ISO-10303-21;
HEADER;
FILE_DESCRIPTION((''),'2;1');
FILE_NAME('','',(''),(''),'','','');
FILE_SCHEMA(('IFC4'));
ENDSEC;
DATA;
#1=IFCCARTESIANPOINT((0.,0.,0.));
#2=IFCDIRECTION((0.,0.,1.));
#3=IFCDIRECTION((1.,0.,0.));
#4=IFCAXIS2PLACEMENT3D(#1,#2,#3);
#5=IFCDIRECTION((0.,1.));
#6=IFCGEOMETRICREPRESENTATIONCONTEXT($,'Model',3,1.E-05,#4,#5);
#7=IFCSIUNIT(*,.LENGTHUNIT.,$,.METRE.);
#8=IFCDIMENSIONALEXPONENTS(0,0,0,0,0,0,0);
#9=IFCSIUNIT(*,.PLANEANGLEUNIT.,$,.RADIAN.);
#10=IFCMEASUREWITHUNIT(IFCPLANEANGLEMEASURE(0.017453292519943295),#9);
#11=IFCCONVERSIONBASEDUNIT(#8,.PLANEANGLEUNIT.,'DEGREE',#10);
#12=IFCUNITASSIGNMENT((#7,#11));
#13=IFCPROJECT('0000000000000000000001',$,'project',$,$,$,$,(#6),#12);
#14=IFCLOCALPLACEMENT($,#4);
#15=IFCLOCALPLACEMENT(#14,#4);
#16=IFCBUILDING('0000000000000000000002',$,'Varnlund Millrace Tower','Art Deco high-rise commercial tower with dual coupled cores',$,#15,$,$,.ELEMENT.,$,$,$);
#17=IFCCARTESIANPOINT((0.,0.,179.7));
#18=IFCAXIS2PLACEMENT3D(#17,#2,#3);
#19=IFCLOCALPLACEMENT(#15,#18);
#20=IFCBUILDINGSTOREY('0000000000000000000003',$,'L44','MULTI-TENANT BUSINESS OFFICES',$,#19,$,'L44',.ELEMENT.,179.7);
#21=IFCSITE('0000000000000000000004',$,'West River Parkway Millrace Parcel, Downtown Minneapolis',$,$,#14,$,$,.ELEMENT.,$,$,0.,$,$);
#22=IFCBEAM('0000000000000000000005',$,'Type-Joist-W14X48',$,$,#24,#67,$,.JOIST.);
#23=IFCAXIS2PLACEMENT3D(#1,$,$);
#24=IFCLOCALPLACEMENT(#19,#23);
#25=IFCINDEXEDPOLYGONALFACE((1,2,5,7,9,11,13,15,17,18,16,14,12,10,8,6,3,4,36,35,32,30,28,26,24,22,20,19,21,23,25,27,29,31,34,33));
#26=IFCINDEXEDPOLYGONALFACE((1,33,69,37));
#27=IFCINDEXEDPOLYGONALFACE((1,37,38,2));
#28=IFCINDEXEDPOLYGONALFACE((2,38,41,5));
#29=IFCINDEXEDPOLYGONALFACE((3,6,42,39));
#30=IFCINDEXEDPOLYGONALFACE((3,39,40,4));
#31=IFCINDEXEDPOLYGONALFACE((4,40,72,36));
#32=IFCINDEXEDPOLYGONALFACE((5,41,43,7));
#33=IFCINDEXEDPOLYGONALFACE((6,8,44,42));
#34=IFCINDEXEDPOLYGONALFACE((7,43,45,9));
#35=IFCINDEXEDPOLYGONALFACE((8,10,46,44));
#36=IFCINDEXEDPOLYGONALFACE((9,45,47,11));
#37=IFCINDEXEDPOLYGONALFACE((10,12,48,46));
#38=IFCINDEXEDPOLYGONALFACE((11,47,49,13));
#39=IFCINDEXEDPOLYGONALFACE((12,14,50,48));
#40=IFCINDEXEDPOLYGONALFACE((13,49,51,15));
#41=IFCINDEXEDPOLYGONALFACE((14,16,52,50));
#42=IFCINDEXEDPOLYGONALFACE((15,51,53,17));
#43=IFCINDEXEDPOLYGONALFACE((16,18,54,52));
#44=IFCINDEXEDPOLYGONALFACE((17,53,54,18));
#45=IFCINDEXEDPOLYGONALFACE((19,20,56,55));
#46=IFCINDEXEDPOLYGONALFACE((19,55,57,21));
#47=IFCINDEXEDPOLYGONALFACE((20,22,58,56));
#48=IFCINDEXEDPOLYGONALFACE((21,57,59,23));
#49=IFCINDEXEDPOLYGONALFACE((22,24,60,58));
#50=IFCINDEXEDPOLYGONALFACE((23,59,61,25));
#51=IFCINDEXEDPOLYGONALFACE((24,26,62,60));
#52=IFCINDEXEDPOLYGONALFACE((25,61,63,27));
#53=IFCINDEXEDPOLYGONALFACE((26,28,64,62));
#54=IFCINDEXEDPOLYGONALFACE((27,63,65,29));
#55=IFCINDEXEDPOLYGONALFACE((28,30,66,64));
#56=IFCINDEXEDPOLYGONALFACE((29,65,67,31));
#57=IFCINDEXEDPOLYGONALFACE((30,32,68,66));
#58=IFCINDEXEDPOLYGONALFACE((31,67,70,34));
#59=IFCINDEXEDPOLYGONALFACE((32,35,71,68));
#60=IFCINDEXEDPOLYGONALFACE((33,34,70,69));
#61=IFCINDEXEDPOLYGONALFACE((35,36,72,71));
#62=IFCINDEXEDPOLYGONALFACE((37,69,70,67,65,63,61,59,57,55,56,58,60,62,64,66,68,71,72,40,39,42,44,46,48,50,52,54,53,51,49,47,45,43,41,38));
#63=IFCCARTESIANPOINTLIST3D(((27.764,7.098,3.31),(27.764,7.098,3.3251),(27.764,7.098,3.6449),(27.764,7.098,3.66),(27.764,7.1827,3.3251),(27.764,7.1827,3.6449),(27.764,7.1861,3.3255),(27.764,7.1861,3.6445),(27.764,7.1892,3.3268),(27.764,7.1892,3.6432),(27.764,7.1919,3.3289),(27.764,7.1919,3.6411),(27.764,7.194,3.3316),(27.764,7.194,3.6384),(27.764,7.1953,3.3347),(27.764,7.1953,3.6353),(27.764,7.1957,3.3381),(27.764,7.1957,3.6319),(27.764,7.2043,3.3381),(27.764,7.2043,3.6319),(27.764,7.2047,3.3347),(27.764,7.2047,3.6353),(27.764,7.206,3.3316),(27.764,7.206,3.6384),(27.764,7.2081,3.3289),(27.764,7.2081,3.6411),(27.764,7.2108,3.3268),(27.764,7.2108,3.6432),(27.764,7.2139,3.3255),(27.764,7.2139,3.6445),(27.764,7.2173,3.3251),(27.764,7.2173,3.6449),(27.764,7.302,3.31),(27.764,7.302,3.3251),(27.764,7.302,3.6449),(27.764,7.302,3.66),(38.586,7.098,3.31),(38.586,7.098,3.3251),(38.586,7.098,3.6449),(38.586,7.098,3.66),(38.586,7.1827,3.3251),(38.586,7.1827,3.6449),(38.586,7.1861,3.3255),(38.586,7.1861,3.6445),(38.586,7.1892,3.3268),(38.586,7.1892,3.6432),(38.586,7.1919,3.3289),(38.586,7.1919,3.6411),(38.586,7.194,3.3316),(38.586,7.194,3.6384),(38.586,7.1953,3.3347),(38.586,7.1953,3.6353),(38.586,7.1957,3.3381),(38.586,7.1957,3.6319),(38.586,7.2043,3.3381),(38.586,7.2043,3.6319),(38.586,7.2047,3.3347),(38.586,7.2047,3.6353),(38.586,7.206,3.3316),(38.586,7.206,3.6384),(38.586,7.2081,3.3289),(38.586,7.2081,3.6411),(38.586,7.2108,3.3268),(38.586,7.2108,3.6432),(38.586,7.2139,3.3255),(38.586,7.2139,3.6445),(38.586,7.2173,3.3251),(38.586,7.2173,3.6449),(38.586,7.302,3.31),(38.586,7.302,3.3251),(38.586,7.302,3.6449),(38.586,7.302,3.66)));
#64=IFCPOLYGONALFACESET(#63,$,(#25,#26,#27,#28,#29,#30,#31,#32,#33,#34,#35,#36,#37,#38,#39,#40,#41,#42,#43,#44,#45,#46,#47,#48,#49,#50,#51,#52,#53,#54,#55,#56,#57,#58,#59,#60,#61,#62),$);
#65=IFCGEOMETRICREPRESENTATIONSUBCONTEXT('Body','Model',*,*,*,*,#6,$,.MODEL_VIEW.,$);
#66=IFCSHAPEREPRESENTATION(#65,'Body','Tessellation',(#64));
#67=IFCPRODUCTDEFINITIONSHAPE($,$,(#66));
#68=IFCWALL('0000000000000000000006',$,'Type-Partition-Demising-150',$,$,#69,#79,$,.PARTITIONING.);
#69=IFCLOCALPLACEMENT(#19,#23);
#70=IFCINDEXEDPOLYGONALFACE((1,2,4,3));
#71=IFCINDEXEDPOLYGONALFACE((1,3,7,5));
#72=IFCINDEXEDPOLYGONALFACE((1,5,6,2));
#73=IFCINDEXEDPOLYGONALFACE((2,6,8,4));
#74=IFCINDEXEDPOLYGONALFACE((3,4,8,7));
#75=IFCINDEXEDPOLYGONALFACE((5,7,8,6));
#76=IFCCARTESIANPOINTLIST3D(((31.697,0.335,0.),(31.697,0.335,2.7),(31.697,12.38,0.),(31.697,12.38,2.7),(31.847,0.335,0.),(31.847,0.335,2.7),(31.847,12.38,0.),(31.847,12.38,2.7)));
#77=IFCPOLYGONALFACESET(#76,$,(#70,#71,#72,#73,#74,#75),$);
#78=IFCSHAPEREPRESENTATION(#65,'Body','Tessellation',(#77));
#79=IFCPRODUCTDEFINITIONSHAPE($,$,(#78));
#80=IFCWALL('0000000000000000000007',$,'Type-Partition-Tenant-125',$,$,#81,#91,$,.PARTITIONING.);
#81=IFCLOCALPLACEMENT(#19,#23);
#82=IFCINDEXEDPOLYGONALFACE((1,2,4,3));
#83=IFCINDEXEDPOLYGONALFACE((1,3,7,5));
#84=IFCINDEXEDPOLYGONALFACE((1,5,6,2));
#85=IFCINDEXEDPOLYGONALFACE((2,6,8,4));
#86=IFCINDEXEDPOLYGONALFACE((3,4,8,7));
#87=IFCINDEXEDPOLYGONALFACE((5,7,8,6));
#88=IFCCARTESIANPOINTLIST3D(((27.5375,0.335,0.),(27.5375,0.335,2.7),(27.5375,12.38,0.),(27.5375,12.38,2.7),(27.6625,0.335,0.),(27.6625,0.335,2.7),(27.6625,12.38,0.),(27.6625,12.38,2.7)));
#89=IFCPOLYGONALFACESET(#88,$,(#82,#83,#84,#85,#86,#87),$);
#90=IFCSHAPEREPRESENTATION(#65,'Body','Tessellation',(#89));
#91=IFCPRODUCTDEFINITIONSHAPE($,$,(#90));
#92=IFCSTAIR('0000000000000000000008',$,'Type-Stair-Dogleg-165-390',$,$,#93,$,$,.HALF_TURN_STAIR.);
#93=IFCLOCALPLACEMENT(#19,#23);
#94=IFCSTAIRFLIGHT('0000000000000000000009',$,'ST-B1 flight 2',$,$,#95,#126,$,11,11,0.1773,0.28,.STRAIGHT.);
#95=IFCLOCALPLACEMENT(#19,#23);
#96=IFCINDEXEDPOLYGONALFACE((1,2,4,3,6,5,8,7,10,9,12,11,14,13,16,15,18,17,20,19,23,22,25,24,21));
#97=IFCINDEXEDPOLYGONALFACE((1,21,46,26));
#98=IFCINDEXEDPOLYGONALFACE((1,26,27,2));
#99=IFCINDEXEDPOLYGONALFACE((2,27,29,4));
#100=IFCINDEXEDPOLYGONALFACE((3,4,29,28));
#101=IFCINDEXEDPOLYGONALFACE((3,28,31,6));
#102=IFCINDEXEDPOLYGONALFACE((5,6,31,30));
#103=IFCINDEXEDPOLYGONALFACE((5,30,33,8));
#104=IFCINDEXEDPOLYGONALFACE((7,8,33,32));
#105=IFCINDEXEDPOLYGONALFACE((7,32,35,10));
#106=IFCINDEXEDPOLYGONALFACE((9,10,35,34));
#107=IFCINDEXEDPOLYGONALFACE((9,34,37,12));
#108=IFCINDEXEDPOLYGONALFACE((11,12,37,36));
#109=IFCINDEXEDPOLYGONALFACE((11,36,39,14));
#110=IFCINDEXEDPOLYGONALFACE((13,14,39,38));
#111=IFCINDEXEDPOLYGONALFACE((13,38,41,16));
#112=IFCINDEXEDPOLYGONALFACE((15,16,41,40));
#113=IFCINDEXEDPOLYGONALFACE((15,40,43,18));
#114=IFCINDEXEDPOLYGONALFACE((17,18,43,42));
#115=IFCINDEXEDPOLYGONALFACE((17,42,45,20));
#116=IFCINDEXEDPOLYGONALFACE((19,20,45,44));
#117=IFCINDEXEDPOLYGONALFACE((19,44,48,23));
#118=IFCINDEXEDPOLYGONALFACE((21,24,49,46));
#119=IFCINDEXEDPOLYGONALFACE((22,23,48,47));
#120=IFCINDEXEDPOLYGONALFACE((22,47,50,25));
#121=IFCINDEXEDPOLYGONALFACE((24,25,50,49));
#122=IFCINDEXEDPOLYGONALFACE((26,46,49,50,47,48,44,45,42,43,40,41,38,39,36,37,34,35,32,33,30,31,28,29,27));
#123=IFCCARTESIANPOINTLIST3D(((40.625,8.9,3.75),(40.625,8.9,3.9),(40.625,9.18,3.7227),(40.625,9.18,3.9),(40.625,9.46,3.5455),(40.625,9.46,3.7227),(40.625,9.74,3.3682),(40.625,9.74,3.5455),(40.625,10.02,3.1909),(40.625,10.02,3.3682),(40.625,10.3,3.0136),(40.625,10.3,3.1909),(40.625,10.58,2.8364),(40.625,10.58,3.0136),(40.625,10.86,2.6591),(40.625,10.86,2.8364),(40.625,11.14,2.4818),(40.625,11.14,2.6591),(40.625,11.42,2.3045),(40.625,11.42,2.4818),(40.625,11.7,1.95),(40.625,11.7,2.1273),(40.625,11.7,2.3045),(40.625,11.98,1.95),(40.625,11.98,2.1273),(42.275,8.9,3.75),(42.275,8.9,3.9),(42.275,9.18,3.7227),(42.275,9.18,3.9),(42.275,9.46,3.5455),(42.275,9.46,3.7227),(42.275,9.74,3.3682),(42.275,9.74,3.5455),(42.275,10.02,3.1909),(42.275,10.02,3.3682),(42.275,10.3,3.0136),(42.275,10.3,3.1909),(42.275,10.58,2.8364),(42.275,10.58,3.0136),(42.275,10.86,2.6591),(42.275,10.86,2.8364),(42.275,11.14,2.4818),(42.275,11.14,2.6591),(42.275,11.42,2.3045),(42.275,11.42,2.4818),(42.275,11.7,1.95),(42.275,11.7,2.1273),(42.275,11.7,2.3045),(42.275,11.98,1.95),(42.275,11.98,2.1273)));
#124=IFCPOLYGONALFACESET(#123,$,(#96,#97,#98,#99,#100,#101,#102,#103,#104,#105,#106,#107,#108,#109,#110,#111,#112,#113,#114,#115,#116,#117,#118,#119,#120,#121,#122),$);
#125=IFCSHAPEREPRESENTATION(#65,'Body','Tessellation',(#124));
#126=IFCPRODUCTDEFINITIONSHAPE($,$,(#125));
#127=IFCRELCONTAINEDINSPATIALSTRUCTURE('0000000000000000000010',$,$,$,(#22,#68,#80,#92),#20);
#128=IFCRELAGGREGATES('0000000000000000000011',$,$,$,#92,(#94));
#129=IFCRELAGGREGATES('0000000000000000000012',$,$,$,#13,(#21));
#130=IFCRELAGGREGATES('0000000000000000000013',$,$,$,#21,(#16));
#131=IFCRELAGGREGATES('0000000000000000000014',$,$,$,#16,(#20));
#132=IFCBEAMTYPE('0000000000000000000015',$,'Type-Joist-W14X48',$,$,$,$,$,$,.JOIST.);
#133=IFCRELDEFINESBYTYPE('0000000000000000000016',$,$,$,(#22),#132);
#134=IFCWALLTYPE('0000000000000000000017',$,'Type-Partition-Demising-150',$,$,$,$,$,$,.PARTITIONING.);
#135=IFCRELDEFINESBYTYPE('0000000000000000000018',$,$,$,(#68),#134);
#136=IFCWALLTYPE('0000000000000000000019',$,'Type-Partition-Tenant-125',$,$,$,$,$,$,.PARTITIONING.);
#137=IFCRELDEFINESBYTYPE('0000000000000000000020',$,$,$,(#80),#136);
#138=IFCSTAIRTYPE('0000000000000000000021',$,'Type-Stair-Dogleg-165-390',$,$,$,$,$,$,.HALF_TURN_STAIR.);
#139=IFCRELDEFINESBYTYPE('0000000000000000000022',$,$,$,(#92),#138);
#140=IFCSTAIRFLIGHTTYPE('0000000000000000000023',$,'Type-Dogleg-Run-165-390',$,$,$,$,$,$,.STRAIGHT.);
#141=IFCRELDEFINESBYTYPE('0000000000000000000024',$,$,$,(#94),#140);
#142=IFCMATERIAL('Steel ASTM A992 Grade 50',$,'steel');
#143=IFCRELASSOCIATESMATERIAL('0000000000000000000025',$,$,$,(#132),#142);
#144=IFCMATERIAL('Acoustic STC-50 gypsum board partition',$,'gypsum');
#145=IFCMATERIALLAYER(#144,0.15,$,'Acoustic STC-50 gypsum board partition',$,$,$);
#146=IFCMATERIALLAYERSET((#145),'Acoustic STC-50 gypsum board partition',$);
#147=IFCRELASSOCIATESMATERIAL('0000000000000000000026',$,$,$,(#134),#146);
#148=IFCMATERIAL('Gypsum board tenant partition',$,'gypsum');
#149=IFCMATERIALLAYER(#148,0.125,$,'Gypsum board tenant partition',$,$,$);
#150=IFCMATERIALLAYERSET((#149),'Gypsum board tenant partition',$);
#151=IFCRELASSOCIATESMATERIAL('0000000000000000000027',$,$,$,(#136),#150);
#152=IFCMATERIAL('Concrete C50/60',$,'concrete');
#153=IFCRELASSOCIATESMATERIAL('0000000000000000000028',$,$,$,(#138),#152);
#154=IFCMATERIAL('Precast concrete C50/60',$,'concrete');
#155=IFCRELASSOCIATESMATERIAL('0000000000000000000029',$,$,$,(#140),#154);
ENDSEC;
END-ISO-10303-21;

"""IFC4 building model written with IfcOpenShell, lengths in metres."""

from ifc_helpers import new_model, entity, si_unit, converted_unit, direction, frame, origin_with_axes, origin_2d_with_axis, place, context, subcontext, project, spatial, polyline, i_section, outline, extrude, material, layer, layer_set, material_profile, profile_set, type_object, element, aggregate, save


model = new_model("IFC4")

# Units and contexts
model_context = context("Model", 3, precision=1e-05, world=origin_with_axes(), true_north=direction((0.0, 1.0)))
body_context = subcontext(model_context, "Body", "Model", "MODEL_VIEW")
ifc_project = project(units=[si_unit("LENGTHUNIT", "METRE"), converted_unit("PLANEANGLEUNIT", "DEGREE", entity("IfcPlaneAngleMeasure", 0.017453292519943295), si_unit("PLANEANGLEUNIT", "RADIAN"), dimensions=[0, 0, 0, 0, 0, 0, 0])], contexts=[model_context])

# Site, building, storey
site_placement = place(None, origin_with_axes())
site = spatial("IfcSite", under=ifc_project, at=site_placement, Name="West River Parkway Millrace Parcel, Downtown Minneapolis", CompositionType="ELEMENT", RefElevation=0.0)
building_placement = place(site_placement, origin_with_axes())
building = spatial("IfcBuilding", under=site, at=building_placement, Name="Varnlund Millrace Tower", Description="Art Deco high-rise commercial tower with dual coupled cores", CompositionType="ELEMENT")
storey_placement = place(building_placement, frame((0.0, 0.0, 179.7), z_axis=(0.0, 0.0, 1.0), x_axis=(1.0, 0.0, 0.0)))
storey = spatial("IfcBuildingStorey", under=building, at=storey_placement, Name="L44", Description="MULTI-TENANT BUSINESS OFFICES", LongName="L44", CompositionType="ELEMENT", Elevation=179.7)

# Beam
ifc_material_1 = material(Name="Steel ASTM A992 Grade 50", Category="steel")
ifc_material_profile_1 = material_profile(ifc_material_1, i_section(OverallWidth=0.204, OverallDepth=0.35, WebThickness=0.0086, FlangeThickness=0.0151, FilletRadius=0.013, at=origin_2d_with_axis()), Name="Steel ASTM A992 Grade 50")
ifc_profile_set_1 = profile_set([ifc_material_profile_1], Name="Steel ASTM A992 Grade 50")
beam_type_1 = type_object("IfcBeamType", Name="Type-Joist-W14X48", PredefinedType="JOIST", material=ifc_profile_set_1)
beam_1_placement = place(storey_placement, frame((27.764, 7.2, 3.485), z_axis=(1.0, 0.0, 0.0), x_axis=(0.0, 1.0, 0.0)))
element("IfcBeam", 1, at=beam_1_placement, inside=storey, type_object=beam_type_1, Name="Type-Joist-W14X48", PredefinedType="JOIST", context=body_context, shape_type="SweptSolid", body=[
    extrude(i_section(OverallWidth=0.204, OverallDepth=0.35, WebThickness=0.0086, FlangeThickness=0.0151, FilletRadius=0.013, at=origin_2d_with_axis()), origin_with_axes(), (0.0, 0.0, 1.0), 10.822),
])

# Walls
ifc_material_2 = material(Name="Acoustic STC-50 gypsum board partition", Category="gypsum")
ifc_layer_1 = layer(ifc_material_2, 0.15, Name="Acoustic STC-50 gypsum board partition")
ifc_layer_set_1 = layer_set([ifc_layer_1], Name="Acoustic STC-50 gypsum board partition")
wall_type_1 = type_object("IfcWallType", Name="Type-Partition-Demising-150", PredefinedType="PARTITIONING", material=ifc_layer_set_1)
wall_1_placement = place(storey_placement, frame((31.772, 0.335, 0.0), z_axis=(0.0, 0.0, 1.0), x_axis=(0.0, 1.0, 0.0)))
element("IfcWall", 2, at=wall_1_placement, inside=storey, type_object=wall_type_1, Name="Type-Partition-Demising-150", PredefinedType="PARTITIONING", context=body_context, shape_type="SweptSolid", body=[
    extrude(outline(polyline([(0.0, -0.075), (12.045, -0.075), (12.045, 0.075), (0.0, 0.075), (0.0, -0.075)])), origin_with_axes(), (0.0, 0.0, 1.0), 2.7),
])
ifc_material_3 = material(Name="Gypsum board tenant partition", Category="gypsum")
ifc_layer_2 = layer(ifc_material_3, 0.125, Name="Gypsum board tenant partition")
ifc_layer_set_2 = layer_set([ifc_layer_2], Name="Gypsum board tenant partition")
wall_type_2 = type_object("IfcWallType", Name="Type-Partition-Tenant-125", PredefinedType="PARTITIONING", material=ifc_layer_set_2)
wall_2_placement = place(storey_placement, frame((27.6, 0.335, 0.0), z_axis=(0.0, 0.0, 1.0), x_axis=(0.0, 1.0, 0.0)))
element("IfcWall", 3, at=wall_2_placement, inside=storey, type_object=wall_type_2, Name="Type-Partition-Tenant-125", PredefinedType="PARTITIONING", context=body_context, shape_type="SweptSolid", body=[
    extrude(outline(polyline([(0.0, -0.0625), (12.045, -0.0625), (12.045, 0.0625), (0.0, 0.0625), (0.0, -0.0625)])), origin_with_axes(), (0.0, 0.0, 1.0), 2.7),
])

# Stair, stair flight
ifc_material_4 = material(Name="Concrete C50/60", Category="concrete")
stair_type = type_object("IfcStairType", Name="Type-Stair-Dogleg-165-390", PredefinedType="HALF_TURN_STAIR", material=ifc_material_4)
stair_placement = place(storey_placement, origin_with_axes())
stair = element("IfcStair", 4, at=stair_placement, inside=storey, type_object=stair_type, Name="Type-Stair-Dogleg-165-390", PredefinedType="HALF_TURN_STAIR")
ifc_material_5 = material(Name="Precast concrete C50/60", Category="concrete")
stair_flight_type = type_object("IfcStairFlightType", Name="Type-Dogleg-Run-165-390", PredefinedType="STRAIGHT", material=ifc_material_5)
stair_flight_placement = place(storey_placement, frame((42.275, 11.98, 1.95), z_axis=(-1.0, 0.0, 0.0), x_axis=(0.0, -1.0, 0.0)))
stair_flight = element("IfcStairFlight", 5, at=stair_flight_placement, type_object=stair_flight_type, Name="ST-B1 flight 2", NumberOfRisers=11, NumberOfTreads=11, PredefinedType="STRAIGHT", RiserHeight=0.1773, TreadLength=0.28, context=body_context, shape_type="SweptSolid", body=[
    extrude(outline(polyline([(0.0, 0.0), (0.0, 0.1773), (0.28, 0.1773), (0.28, 0.3545), (0.56, 0.3545), (0.56, 0.5318), (0.84, 0.5318), (0.84, 0.7091), (1.12, 0.7091), (1.12, 0.8864), (1.4, 0.8864), (1.4, 1.0636), (1.68, 1.0636), (1.68, 1.2409), (1.96, 1.2409), (1.96, 1.4182), (2.24, 1.4182), (2.24, 1.5955), (2.52, 1.5955), (2.52, 1.7727), (2.8, 1.7727), (2.8, 1.95), (3.08, 1.95), (3.08, 1.8), (0.28, 0.0), (0.0, 0.0)])), origin_with_axes(), (0.0, 0.0, 1.0), 1.65),
])
aggregate(stair, [stair_flight])

save(model, "model.ifc")
